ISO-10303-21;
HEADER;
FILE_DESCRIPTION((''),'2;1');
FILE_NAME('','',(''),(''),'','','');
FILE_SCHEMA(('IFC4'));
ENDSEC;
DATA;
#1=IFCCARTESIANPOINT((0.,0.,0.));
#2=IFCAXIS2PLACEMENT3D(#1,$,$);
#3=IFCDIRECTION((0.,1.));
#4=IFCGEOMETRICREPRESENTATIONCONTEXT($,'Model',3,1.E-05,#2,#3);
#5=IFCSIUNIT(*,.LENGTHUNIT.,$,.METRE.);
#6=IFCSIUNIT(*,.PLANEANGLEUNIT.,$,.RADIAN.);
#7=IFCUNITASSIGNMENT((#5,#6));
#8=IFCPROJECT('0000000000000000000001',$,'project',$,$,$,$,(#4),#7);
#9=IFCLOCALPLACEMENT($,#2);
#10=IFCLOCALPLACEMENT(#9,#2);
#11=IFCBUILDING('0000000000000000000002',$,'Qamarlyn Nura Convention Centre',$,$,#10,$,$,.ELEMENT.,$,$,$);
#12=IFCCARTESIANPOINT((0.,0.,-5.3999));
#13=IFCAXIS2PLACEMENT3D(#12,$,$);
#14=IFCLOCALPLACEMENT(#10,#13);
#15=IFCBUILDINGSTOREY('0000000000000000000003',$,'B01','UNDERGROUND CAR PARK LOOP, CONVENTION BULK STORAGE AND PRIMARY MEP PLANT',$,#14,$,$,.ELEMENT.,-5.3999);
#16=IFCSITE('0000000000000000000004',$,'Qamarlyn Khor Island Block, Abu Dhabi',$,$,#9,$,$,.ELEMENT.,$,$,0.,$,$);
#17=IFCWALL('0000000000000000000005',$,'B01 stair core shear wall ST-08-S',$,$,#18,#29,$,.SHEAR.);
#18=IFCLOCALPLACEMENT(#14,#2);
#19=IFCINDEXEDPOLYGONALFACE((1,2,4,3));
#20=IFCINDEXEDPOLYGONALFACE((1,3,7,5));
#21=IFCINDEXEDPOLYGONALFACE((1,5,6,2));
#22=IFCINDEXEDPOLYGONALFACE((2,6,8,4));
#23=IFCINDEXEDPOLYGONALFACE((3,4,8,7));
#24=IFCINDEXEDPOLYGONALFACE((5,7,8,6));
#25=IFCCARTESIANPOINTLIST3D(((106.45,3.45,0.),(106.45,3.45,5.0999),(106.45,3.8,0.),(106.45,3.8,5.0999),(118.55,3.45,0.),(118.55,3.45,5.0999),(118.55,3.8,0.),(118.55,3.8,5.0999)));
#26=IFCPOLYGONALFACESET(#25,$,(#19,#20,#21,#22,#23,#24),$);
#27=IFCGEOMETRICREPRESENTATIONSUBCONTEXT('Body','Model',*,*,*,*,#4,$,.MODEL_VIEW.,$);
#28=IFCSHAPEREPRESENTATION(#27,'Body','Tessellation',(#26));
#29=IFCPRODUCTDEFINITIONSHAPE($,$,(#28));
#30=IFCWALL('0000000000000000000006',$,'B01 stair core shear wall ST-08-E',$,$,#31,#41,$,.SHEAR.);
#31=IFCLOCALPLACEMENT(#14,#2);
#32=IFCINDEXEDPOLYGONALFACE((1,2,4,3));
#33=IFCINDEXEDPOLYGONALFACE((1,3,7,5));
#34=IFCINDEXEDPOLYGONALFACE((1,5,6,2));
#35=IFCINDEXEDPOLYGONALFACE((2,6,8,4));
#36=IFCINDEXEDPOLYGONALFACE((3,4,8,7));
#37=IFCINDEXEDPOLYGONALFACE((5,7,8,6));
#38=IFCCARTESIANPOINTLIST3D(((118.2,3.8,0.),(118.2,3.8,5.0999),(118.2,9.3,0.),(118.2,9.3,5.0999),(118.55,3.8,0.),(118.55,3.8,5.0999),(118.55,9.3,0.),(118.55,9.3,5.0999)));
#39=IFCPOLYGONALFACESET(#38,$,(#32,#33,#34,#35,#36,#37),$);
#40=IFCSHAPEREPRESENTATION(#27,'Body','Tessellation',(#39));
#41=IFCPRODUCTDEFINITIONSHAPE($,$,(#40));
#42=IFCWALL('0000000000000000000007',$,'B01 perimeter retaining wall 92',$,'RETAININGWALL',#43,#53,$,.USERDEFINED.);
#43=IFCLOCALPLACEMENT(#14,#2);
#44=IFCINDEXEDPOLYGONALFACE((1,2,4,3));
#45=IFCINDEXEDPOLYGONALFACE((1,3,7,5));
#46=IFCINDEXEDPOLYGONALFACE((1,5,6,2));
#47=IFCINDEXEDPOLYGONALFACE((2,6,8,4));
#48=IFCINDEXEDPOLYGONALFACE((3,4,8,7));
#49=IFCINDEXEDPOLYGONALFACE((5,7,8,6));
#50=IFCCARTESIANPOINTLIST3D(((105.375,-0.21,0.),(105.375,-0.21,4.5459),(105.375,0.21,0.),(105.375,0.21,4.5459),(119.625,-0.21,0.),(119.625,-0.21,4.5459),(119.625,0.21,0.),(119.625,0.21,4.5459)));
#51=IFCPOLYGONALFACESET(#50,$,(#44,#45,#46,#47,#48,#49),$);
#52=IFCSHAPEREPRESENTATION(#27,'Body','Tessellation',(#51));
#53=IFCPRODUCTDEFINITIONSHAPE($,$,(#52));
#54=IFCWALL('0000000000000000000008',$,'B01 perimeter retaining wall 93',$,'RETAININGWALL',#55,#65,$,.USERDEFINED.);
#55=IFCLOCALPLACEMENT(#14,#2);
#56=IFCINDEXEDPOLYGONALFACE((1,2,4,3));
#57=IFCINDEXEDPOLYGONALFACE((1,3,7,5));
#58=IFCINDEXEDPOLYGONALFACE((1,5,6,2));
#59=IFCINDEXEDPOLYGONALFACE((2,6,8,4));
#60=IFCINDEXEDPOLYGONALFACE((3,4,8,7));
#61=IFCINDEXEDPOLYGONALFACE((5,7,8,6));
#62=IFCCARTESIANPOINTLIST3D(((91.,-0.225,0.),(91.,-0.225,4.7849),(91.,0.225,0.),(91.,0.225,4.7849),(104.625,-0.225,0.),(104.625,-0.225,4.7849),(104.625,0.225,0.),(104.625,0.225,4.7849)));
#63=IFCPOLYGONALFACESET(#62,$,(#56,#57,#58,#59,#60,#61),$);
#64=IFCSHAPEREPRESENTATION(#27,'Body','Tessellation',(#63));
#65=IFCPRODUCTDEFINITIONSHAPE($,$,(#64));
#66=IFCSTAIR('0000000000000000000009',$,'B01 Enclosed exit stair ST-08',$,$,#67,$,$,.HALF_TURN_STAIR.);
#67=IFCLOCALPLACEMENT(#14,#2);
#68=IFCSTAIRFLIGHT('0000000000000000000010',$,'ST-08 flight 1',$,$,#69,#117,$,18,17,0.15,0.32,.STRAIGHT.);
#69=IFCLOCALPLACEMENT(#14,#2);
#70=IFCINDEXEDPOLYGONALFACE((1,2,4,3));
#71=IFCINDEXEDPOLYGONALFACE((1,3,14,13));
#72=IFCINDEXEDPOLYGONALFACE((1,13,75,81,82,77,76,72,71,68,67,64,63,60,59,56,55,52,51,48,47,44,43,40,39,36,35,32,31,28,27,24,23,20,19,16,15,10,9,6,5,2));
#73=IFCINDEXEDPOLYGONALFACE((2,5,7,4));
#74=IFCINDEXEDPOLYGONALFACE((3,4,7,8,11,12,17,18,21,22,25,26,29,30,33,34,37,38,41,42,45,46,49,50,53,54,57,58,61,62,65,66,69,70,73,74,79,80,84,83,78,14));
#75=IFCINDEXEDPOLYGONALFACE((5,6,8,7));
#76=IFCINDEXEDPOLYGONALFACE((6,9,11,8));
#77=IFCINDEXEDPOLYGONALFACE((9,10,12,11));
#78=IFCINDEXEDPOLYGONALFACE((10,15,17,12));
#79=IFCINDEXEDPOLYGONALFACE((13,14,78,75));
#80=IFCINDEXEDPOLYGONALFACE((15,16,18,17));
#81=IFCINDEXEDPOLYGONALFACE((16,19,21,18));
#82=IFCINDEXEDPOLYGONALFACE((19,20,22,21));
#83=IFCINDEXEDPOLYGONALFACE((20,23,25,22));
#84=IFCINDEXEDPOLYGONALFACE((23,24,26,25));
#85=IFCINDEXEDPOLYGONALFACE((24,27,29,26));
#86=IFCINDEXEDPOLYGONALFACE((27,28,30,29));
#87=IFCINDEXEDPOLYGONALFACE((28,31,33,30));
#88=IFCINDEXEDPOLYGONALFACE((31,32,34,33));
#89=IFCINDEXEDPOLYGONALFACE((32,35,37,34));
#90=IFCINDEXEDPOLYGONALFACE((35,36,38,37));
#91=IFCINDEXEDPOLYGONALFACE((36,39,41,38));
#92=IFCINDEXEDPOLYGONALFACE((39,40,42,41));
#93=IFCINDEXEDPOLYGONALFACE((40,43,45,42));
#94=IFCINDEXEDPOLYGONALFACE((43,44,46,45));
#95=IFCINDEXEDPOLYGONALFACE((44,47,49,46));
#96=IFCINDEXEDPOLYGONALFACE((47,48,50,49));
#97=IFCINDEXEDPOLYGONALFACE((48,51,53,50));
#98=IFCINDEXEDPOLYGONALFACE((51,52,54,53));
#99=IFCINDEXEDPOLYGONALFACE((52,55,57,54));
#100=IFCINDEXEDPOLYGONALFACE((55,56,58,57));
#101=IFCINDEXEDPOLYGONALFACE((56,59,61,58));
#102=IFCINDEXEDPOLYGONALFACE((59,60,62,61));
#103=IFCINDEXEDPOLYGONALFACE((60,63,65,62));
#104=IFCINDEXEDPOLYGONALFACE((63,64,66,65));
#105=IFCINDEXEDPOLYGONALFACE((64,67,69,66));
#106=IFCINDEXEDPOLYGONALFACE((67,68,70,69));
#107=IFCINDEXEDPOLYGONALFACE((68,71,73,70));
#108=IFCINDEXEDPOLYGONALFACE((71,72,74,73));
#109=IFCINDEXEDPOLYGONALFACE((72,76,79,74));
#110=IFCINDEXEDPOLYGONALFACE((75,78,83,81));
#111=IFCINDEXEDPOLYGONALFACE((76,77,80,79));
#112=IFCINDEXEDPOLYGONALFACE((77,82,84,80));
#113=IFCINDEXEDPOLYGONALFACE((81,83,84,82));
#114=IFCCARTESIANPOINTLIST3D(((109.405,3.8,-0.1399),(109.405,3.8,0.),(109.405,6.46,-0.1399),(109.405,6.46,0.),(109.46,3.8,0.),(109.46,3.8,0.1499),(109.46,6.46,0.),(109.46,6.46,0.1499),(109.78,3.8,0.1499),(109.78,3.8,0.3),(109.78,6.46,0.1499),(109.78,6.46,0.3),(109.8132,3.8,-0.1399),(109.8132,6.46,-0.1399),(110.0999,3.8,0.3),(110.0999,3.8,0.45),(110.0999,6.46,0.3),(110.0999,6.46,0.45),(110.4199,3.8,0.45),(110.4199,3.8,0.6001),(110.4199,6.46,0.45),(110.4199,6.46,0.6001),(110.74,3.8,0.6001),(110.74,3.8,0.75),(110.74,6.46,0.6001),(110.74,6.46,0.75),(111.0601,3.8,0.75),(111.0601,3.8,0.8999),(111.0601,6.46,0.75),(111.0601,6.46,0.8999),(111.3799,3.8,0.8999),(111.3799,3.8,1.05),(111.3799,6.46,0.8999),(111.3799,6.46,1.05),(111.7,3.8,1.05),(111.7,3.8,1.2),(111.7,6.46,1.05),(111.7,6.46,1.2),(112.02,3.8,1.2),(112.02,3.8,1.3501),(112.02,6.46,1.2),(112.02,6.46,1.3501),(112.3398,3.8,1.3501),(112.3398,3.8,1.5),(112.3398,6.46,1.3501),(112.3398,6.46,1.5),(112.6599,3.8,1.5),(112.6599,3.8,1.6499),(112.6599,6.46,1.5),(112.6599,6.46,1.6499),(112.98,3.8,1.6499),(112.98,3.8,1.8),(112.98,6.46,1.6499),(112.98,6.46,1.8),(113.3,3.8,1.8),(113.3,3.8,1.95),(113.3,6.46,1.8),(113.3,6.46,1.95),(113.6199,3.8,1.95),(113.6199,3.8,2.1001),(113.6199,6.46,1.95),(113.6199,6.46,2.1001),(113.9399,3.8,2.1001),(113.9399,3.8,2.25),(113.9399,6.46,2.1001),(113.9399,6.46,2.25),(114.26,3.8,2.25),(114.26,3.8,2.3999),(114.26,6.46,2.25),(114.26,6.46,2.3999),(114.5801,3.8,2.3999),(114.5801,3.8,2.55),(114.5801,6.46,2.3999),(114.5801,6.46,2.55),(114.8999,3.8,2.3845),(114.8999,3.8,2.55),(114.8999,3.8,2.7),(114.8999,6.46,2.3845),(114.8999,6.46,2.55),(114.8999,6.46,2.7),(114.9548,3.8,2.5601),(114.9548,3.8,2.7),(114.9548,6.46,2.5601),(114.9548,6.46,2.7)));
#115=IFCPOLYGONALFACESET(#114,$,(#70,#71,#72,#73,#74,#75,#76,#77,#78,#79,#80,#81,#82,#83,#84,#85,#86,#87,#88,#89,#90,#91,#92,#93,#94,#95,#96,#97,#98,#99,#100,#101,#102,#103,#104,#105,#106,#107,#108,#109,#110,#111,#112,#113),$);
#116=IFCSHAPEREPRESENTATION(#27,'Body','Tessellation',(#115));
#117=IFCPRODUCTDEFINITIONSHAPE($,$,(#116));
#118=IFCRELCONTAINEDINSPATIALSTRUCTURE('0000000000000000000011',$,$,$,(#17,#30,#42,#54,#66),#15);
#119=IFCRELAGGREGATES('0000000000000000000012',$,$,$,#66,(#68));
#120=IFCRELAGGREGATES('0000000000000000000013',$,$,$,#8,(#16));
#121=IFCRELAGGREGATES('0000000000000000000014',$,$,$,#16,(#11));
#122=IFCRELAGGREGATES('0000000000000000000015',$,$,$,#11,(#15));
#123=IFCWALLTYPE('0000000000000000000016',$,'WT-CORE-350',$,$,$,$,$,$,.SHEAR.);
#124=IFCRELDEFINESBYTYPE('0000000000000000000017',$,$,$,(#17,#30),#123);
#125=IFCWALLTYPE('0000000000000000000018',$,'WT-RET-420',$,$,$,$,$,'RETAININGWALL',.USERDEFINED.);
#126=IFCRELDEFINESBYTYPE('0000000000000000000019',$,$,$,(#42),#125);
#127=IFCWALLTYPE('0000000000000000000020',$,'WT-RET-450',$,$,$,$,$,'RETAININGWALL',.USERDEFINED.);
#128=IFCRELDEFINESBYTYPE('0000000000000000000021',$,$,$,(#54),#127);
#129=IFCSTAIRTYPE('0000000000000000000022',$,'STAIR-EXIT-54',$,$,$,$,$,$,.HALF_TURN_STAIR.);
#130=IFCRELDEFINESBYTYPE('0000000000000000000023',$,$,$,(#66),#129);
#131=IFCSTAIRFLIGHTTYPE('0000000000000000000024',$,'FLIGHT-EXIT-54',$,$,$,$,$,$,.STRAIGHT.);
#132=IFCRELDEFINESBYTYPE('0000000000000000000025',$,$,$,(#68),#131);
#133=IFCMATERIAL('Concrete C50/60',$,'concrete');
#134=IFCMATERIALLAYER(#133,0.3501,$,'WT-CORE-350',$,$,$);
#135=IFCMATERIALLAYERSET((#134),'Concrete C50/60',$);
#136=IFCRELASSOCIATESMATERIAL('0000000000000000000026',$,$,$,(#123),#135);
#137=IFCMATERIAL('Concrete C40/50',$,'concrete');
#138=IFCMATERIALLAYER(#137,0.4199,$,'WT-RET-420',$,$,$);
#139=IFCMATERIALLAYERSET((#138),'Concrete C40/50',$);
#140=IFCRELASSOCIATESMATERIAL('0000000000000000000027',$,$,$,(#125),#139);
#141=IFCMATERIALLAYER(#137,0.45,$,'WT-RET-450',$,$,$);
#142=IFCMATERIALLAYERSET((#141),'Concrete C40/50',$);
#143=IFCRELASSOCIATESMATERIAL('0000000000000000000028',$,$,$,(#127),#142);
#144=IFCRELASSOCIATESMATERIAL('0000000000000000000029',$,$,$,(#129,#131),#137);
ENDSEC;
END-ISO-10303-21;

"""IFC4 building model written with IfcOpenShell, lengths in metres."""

from ifc_helpers import new_model, si_unit, direction, frame, frame_2d, origin, place, context, subcontext, project, spatial, polyline, rectangle, outline, extrude, material, layer, layer_set, type_object, element, aggregate, save


model = new_model("IFC4")

# Units and contexts
model_context = context("Model", 3, precision=1e-05, world=origin(), true_north=direction((0.0, 1.0)))
body_context = subcontext(model_context, "Body", "Model", "MODEL_VIEW")
ifc_project = project(units=[si_unit("LENGTHUNIT", "METRE"), si_unit("PLANEANGLEUNIT", "RADIAN")], contexts=[model_context])

# Site, building, storey
site_placement = place(None, origin())
site = spatial("IfcSite", under=ifc_project, at=site_placement, Name="Qamarlyn Khor Island Block, Abu Dhabi", CompositionType="ELEMENT", RefElevation=0.0)
building_placement = place(site_placement, origin())
building = spatial("IfcBuilding", under=site, at=building_placement, Name="Qamarlyn Nura Convention Centre", CompositionType="ELEMENT")
storey_placement = place(building_placement, frame((0.0, 0.0, -5.3999)))
storey = spatial("IfcBuildingStorey", under=building, at=storey_placement, Name="B01", Description="UNDERGROUND CAR PARK LOOP, CONVENTION BULK STORAGE AND PRIMARY MEP PLANT", CompositionType="ELEMENT", Elevation=-5.3999)

# Shared definitions
ifc_material_1 = material(Name="Concrete C40/50", Category="concrete")

# Shared definitions
ifc_material_2 = material(Name="Concrete C50/60", Category="concrete")

# Walls
ifc_layer_1 = layer(ifc_material_2, 0.3501, Name="WT-CORE-350")
ifc_layer_set_1 = layer_set([ifc_layer_1], Name="Concrete C50/60")
wall_type_1 = type_object("IfcWallType", Name="WT-CORE-350", PredefinedType="SHEAR", material=ifc_layer_set_1)
wall_1_placement = place(storey_placement, frame((106.45, 3.625, 0.0), z_axis=(0.0, 0.0, 1.0), x_axis=(1.0, 0.0, 0.0)))
element("IfcWall", 1, at=wall_1_placement, inside=storey, type_object=wall_type_1, Name="B01 stair core shear wall ST-08-S", PredefinedType="SHEAR", context=body_context, shape_type="SweptSolid", body=[
    extrude(rectangle(XDim=12.1001, YDim=0.3501, at=frame_2d((6.05, 0.0))), origin(), (0.0, 0.0, 1.0), 5.0999),
])
wall_2_placement = place(storey_placement, frame((118.375, 3.8, 0.0), z_axis=(0.0, 0.0, 1.0), x_axis=(0.0, 1.0, 0.0)))
element("IfcWall", 2, at=wall_2_placement, inside=storey, type_object=wall_type_1, Name="B01 stair core shear wall ST-08-E", PredefinedType="SHEAR", context=body_context, shape_type="SweptSolid", body=[
    extrude(rectangle(XDim=5.5, YDim=0.3501, at=frame_2d((2.75, 0.0))), origin(), (0.0, 0.0, 1.0), 5.0999),
])
ifc_layer_2 = layer(ifc_material_1, 0.4199, Name="WT-RET-420")
ifc_layer_set_2 = layer_set([ifc_layer_2], Name="Concrete C40/50")
wall_type_2 = type_object("IfcWallType", Name="WT-RET-420", ElementType="RETAININGWALL", PredefinedType="USERDEFINED", material=ifc_layer_set_2)
wall_3_placement = place(storey_placement, frame((119.625, 0.0, 0.0), z_axis=(0.0, 0.0, 1.0), x_axis=(-1.0, 0.0, 0.0)))
element("IfcWall", 3, at=wall_3_placement, inside=storey, type_object=wall_type_2, Name="B01 perimeter retaining wall 92", ObjectType="RETAININGWALL", PredefinedType="USERDEFINED", context=body_context, shape_type="SweptSolid", body=[
    extrude(rectangle(XDim=14.25, YDim=0.4199, at=frame_2d((7.125, 0.0))), origin(), (0.0, 0.0, 1.0), 4.5459),
])
ifc_layer_3 = layer(ifc_material_1, 0.45, Name="WT-RET-450")
ifc_layer_set_3 = layer_set([ifc_layer_3], Name="Concrete C40/50")
wall_type_3 = type_object("IfcWallType", Name="WT-RET-450", ElementType="RETAININGWALL", PredefinedType="USERDEFINED", material=ifc_layer_set_3)
wall_4_placement = place(storey_placement, frame((104.625, 0.0, 0.0), z_axis=(0.0, 0.0, 1.0), x_axis=(-1.0, 0.0, 0.0)))
element("IfcWall", 4, at=wall_4_placement, inside=storey, type_object=wall_type_3, Name="B01 perimeter retaining wall 93", ObjectType="RETAININGWALL", PredefinedType="USERDEFINED", context=body_context, shape_type="SweptSolid", body=[
    extrude(rectangle(XDim=13.625, YDim=0.45, at=frame_2d((6.8125, 0.0))), origin(), (0.0, 0.0, 1.0), 4.7849),
])

# Stair, stair flight
stair_type = type_object("IfcStairType", Name="STAIR-EXIT-54", PredefinedType="HALF_TURN_STAIR", material=ifc_material_1)
stair_placement = place(storey_placement, origin())
stair = element("IfcStair", 5, at=stair_placement, inside=storey, type_object=stair_type, Name="B01 Enclosed exit stair ST-08", PredefinedType="HALF_TURN_STAIR")
stair_flight_type = type_object("IfcStairFlightType", Name="FLIGHT-EXIT-54", PredefinedType="STRAIGHT", material=ifc_material_1)
stair_flight_placement = place(storey_placement, frame((109.46, 5.1299, 0.0), z_axis=(0.0, 0.0, 1.0), x_axis=(1.0, 0.0, 0.0)))
stair_flight = element("IfcStairFlight", 6, at=stair_flight_placement, type_object=stair_flight_type, Name="ST-08 flight 1", NumberOfRisers=18, NumberOfTreads=17, PredefinedType="STRAIGHT", RiserHeight=0.15, TreadLength=0.32, context=body_context, shape_type="SweptSolid", body=[
    extrude(outline(polyline([(-0.0549, 0.0), (0.0, 0.0), (0.0, 0.1499), (0.3201, 0.1499), (0.3201, 0.3), (0.6399, 0.3), (0.6399, 0.45), (0.96, 0.45), (0.96, 0.6001), (1.28, 0.6001), (1.28, 0.75), (1.6001, 0.75), (1.6001, 0.8999), (1.9199, 0.8999), (1.9199, 1.05), (2.24, 1.05), (2.24, 1.2), (2.5601, 1.2), (2.5601, 1.3501), (2.8799, 1.3501), (2.8799, 1.5), (3.2, 1.5), (3.2, 1.6499), (3.52, 1.6499), (3.52, 1.8), (3.8401, 1.8), (3.8401, 1.95), (4.1599, 1.95), (4.1599, 2.1001), (4.48, 2.1001), (4.48, 2.25), (4.8, 2.25), (4.8, 2.3999), (5.1201, 2.3999), (5.1201, 2.55), (5.4399, 2.55), (5.4399, 2.7), (5.4949, 2.7), (5.4949, 2.5601), (5.4399, 2.3845), (0.3533, -0.1399), (-0.0549, -0.1399), (-0.0549, 0.0)])), frame((0.0, 1.3301, 0.0), z_axis=(0.0, -1.0, 0.0), x_axis=(1.0, 0.0, 0.0)), (0.0, 0.0, 1.0), 2.6599),
])
aggregate(stair, [stair_flight])

save(model, "model.ifc")
